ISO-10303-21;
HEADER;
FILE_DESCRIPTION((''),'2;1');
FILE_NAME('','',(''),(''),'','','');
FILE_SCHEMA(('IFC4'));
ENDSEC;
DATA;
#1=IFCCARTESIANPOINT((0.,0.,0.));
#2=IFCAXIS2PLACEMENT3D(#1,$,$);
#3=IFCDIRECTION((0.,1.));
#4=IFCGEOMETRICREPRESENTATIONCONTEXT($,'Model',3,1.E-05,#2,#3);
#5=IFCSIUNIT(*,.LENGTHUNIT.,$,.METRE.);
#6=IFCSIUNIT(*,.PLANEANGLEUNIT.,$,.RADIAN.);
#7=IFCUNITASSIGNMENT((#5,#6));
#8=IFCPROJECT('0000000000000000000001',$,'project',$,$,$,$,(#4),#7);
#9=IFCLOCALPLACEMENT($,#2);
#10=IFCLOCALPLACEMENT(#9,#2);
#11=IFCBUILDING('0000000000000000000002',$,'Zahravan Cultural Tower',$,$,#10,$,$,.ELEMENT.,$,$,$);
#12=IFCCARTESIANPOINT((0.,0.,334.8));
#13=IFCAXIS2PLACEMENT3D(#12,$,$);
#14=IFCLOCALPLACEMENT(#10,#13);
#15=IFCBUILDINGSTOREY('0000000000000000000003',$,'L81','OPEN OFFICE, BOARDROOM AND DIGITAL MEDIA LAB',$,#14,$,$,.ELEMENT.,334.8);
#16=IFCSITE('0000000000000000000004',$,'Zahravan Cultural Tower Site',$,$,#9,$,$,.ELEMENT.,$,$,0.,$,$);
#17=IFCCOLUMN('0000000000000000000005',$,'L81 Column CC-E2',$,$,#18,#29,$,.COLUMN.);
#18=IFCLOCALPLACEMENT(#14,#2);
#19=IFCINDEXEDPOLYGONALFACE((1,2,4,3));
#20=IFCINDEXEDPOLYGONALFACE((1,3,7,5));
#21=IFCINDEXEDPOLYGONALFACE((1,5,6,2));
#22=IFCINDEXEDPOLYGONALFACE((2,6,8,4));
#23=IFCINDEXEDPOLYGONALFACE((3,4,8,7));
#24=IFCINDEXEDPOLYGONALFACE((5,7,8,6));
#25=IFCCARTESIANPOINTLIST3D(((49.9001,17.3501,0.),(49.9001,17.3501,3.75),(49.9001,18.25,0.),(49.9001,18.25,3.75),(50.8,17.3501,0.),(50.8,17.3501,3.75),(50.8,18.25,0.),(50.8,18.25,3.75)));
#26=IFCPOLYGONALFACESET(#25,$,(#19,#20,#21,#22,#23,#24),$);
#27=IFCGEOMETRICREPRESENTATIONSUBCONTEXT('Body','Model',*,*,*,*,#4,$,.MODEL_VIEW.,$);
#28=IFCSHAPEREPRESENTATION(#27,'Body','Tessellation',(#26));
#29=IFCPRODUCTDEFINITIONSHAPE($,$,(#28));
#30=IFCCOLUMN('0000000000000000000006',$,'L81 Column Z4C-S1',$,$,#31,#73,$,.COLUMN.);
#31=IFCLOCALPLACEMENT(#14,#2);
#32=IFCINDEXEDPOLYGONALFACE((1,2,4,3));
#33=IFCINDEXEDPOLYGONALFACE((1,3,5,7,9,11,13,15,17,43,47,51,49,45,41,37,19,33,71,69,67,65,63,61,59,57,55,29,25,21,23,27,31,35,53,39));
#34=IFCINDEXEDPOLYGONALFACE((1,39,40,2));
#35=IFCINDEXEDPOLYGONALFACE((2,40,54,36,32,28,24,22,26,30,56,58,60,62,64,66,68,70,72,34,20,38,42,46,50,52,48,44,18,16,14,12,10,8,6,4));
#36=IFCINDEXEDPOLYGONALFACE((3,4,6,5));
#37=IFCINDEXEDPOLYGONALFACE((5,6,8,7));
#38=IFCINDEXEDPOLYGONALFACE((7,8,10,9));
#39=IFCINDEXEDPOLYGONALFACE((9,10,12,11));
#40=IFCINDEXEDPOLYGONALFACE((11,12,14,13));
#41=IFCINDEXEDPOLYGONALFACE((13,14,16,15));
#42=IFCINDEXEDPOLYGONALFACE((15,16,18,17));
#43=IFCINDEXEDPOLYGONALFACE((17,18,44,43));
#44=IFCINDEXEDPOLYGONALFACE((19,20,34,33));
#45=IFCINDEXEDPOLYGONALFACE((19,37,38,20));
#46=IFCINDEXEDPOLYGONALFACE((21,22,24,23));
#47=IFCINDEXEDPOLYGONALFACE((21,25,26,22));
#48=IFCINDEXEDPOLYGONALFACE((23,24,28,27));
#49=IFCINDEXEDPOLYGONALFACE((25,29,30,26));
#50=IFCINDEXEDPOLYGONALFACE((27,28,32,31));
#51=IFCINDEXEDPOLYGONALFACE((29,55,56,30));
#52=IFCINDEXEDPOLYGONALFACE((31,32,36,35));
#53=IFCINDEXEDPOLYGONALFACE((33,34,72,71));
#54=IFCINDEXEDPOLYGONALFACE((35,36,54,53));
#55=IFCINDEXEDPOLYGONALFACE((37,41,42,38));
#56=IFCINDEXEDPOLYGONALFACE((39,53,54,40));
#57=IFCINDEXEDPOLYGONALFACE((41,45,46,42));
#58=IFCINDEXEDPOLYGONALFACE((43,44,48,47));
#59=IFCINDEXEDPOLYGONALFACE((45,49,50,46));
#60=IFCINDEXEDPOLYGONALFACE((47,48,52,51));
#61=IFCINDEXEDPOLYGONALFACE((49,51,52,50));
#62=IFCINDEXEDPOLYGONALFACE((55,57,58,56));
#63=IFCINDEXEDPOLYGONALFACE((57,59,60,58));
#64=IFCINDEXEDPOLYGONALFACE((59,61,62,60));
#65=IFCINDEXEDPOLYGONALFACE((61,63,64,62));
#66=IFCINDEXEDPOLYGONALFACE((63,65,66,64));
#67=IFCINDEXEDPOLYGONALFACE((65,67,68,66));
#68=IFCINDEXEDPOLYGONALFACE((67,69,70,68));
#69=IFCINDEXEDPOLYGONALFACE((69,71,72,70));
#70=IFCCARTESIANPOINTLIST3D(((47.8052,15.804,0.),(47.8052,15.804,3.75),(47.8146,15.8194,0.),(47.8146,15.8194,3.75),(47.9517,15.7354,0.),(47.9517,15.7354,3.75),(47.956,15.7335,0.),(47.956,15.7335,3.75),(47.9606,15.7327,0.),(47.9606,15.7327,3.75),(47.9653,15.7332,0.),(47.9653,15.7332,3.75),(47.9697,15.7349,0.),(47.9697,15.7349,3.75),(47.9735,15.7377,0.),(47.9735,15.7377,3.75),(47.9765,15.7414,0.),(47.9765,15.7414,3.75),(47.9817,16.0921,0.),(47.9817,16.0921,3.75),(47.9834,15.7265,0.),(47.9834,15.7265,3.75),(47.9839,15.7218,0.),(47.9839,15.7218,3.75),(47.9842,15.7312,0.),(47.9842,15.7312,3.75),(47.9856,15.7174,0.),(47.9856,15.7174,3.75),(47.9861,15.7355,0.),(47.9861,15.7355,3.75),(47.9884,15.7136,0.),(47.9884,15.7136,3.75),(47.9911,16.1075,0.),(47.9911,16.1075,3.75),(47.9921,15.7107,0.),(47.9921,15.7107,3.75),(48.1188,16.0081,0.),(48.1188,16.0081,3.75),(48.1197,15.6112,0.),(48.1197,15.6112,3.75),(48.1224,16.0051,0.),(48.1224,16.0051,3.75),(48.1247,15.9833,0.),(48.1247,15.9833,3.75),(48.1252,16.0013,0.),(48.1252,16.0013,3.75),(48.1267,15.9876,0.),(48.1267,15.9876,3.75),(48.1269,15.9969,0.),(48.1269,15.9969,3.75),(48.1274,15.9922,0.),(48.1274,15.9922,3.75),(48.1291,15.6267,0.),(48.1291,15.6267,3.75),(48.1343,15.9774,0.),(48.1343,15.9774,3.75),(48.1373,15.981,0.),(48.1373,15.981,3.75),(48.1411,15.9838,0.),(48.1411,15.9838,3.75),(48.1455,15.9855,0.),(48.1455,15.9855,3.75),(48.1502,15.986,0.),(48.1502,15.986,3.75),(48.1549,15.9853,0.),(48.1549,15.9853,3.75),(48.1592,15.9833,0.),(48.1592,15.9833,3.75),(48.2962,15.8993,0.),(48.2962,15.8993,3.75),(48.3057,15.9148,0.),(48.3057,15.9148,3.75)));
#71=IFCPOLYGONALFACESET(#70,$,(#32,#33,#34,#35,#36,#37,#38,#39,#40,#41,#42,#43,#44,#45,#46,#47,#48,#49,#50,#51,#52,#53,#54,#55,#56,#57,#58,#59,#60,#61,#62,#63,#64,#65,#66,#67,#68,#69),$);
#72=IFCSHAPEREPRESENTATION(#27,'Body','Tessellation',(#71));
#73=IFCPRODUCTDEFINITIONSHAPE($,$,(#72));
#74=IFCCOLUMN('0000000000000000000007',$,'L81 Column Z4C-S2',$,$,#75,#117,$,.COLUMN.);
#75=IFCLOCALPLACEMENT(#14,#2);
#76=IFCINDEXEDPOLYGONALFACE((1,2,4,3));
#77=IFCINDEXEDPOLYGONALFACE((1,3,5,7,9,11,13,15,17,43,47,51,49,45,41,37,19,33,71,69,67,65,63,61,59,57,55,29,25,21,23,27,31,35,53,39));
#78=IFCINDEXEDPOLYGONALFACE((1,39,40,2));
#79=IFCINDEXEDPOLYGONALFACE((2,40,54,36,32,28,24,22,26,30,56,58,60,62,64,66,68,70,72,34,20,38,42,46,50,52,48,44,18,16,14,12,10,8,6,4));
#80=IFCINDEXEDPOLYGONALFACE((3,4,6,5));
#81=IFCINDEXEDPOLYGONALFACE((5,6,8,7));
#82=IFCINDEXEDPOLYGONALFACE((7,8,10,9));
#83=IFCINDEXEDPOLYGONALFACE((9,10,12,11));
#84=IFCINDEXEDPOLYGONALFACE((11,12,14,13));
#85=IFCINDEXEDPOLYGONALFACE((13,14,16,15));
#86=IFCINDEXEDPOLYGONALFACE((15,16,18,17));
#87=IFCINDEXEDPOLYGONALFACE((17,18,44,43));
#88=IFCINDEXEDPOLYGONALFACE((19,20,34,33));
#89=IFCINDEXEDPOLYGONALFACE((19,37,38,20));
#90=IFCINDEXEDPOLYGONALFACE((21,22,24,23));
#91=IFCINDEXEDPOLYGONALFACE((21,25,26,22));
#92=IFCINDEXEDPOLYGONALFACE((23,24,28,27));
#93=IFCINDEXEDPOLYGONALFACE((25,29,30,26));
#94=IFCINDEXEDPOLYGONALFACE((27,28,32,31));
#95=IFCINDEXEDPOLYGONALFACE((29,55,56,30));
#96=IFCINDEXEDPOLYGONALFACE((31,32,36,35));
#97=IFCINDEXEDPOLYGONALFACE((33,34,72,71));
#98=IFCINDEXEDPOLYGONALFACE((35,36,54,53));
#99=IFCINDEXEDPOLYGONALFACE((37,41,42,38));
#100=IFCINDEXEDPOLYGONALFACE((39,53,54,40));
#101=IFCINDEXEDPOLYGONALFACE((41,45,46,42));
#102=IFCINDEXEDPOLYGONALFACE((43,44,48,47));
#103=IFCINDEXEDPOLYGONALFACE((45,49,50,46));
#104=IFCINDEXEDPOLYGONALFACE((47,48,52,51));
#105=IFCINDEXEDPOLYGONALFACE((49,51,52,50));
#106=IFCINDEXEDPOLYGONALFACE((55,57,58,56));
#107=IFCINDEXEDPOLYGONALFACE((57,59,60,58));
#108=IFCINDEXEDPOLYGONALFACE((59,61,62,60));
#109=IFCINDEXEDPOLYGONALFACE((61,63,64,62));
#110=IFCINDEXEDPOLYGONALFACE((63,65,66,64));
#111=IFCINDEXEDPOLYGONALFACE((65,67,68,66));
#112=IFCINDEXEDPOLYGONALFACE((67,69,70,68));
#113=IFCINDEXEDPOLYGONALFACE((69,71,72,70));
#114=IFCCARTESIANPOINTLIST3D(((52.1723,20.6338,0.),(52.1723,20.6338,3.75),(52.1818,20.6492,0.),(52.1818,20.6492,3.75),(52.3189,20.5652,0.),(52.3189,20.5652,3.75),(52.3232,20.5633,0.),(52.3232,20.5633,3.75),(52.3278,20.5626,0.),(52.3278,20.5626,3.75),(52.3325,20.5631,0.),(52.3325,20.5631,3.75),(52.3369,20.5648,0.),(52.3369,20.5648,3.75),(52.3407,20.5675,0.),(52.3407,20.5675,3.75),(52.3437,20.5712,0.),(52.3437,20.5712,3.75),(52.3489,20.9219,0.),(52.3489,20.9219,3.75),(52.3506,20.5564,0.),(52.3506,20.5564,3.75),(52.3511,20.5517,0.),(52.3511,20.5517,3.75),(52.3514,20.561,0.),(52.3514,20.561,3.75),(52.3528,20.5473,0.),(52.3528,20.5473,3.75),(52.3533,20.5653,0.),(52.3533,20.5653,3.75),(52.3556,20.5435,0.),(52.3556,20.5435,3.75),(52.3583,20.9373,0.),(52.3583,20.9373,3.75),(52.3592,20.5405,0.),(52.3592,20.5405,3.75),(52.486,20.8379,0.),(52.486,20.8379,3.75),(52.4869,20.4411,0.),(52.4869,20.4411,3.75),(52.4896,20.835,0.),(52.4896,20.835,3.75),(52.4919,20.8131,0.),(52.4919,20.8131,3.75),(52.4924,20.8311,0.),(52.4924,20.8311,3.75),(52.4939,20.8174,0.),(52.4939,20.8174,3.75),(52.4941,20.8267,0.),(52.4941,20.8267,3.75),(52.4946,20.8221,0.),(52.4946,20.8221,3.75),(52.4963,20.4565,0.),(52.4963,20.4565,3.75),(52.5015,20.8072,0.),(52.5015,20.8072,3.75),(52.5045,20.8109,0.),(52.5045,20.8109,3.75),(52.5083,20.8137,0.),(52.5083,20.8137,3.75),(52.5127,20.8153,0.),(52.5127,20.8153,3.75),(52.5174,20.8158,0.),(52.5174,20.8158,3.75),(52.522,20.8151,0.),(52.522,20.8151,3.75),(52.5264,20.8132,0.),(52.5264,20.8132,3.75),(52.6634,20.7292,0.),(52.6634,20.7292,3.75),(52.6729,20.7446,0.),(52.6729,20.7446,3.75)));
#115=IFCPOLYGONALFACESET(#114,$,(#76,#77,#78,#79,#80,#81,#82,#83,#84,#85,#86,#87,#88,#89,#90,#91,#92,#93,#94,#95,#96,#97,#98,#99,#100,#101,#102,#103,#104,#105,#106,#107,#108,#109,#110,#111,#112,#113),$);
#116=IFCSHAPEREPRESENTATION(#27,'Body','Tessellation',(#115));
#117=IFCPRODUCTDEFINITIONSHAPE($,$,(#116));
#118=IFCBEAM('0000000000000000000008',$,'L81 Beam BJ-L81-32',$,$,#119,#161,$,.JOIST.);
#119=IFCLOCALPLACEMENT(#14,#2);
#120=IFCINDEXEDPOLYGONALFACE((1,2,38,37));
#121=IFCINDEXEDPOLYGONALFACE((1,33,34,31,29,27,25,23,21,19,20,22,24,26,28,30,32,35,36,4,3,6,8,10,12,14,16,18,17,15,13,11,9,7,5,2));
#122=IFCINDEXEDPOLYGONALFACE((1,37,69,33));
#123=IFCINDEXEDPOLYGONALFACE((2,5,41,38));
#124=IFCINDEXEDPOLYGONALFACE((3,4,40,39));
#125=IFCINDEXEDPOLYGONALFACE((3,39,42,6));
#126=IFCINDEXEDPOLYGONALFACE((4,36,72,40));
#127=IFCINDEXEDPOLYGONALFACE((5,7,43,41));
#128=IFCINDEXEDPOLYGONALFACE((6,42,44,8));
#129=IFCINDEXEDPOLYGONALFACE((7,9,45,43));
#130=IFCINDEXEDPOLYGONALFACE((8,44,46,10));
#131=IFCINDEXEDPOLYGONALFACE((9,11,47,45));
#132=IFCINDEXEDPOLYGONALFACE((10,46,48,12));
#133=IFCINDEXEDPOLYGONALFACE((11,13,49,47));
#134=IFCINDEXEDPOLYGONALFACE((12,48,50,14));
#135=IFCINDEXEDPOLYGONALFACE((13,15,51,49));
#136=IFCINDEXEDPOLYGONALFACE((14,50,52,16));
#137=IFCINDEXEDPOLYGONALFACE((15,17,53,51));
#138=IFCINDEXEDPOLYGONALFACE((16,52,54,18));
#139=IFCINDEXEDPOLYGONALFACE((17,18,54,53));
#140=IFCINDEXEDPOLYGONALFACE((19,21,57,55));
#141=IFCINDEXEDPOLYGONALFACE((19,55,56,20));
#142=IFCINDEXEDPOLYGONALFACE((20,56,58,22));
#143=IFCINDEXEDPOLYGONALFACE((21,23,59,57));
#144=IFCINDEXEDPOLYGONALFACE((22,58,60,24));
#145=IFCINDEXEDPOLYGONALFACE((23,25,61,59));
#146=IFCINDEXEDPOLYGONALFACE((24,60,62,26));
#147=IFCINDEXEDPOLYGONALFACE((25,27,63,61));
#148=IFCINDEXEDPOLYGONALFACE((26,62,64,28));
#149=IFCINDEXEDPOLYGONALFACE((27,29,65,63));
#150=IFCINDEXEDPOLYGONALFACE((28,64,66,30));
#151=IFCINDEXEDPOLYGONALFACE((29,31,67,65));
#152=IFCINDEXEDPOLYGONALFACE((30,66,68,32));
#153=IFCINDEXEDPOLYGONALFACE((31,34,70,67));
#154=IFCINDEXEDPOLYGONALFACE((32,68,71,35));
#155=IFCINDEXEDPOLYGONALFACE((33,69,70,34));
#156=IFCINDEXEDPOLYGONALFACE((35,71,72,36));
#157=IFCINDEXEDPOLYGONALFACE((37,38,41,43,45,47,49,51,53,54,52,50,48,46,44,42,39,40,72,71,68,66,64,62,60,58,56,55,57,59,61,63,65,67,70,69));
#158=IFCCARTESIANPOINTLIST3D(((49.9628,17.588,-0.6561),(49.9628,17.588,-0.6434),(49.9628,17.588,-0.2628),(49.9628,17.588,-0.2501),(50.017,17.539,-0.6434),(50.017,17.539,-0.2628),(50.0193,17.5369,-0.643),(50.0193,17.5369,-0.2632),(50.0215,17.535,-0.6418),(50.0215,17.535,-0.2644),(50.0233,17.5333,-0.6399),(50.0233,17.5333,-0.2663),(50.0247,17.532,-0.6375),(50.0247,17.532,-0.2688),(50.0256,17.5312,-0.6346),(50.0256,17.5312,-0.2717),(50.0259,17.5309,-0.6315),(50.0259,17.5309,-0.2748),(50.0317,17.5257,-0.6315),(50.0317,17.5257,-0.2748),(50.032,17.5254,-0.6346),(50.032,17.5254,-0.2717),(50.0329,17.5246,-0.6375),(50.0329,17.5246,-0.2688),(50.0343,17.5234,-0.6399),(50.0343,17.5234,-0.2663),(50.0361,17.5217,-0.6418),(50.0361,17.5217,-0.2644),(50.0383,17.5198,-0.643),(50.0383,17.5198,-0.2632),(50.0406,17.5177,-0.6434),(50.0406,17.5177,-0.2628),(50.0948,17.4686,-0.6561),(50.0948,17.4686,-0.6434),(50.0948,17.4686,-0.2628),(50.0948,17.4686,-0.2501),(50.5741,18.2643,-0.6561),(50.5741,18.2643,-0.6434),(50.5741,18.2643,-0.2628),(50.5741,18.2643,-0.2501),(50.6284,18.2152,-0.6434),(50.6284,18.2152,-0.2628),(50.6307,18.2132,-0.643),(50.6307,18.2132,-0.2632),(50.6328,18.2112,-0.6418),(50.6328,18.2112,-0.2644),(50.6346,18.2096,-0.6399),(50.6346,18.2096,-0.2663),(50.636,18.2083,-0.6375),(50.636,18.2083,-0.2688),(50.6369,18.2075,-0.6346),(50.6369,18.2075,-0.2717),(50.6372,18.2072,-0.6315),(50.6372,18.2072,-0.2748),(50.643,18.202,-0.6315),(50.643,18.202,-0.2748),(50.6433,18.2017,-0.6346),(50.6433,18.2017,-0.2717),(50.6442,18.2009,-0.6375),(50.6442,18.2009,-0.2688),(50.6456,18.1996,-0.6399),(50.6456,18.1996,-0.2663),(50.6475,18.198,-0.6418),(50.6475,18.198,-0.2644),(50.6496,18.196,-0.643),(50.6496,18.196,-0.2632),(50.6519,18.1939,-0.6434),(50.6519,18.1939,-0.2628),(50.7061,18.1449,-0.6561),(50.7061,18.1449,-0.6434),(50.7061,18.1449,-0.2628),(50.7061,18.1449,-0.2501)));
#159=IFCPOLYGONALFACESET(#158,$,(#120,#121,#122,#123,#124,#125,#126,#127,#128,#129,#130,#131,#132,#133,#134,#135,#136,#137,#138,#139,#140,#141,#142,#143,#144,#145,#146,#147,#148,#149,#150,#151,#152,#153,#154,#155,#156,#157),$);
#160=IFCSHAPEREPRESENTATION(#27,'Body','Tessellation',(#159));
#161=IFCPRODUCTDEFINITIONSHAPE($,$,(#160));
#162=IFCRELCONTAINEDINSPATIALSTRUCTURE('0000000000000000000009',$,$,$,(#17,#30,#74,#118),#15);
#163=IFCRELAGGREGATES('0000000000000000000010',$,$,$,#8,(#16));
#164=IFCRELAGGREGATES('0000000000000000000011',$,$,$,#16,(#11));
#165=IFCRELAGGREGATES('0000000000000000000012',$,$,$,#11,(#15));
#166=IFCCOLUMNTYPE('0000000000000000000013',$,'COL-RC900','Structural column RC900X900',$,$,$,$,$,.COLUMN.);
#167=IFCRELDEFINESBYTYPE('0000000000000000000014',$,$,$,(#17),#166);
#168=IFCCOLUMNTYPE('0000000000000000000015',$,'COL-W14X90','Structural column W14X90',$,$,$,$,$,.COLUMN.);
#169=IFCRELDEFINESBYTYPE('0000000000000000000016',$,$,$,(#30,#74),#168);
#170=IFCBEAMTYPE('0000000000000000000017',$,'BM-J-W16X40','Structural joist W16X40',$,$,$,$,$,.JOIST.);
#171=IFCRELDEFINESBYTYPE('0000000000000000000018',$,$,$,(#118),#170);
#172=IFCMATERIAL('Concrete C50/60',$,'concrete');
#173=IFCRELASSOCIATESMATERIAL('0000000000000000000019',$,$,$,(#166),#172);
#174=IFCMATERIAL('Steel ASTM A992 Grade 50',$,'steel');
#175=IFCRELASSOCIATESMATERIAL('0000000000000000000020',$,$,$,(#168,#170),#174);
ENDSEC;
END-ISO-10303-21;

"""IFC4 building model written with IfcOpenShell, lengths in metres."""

from ifc_helpers import new_model, si_unit, direction, frame, origin, origin_2d, place, context, subcontext, project, spatial, rectangle, i_section, extrude, source, transform, mapped, material, material_profile, profile_set, type_object, element, save


model = new_model("IFC4")

# Units and contexts
model_context = context("Model", 3, precision=1e-05, world=origin(), true_north=direction((0.0, 1.0)))
body_context = subcontext(model_context, "Body", "Model", "MODEL_VIEW")
ifc_project = project(units=[si_unit("LENGTHUNIT", "METRE"), si_unit("PLANEANGLEUNIT", "RADIAN")], contexts=[model_context])

# Site, building, storey
site_placement = place(None, origin())
site = spatial("IfcSite", under=ifc_project, at=site_placement, Name="Zahravan Cultural Tower Site", CompositionType="ELEMENT", RefElevation=0.0)
building_placement = place(site_placement, origin())
building = spatial("IfcBuilding", under=site, at=building_placement, Name="Zahravan Cultural Tower", CompositionType="ELEMENT")
storey_placement = place(building_placement, frame((0.0, 0.0, 334.8)))
storey = spatial("IfcBuildingStorey", under=building, at=storey_placement, Name="L81", Description="OPEN OFFICE, BOARDROOM AND DIGITAL MEDIA LAB", CompositionType="ELEMENT", Elevation=334.8)

# Columns
ifc_material_1 = material(Name="Concrete C50/60", Category="concrete")
ifc_material_profile_1 = material_profile(ifc_material_1, rectangle(XDim=0.8999, YDim=0.8999, at=origin_2d()), Name="RC900X900")
ifc_profile_set_1 = profile_set([ifc_material_profile_1], Name="Concrete C50/60")
column_type_1 = type_object("IfcColumnType", Name="COL-RC900", Description="Structural column RC900X900", PredefinedType="COLUMN", material=ifc_profile_set_1)
shared_shape_1 = source(origin(), body_context, "Body", "SweptSolid", [
    extrude(rectangle(XDim=0.8999, YDim=0.8999, at=origin_2d()), origin(), (0.0, 0.0, 1.0), 3.75),
])
column_placement = place(storey_placement, frame((50.3501, 17.8, 0.0), z_axis=(0.0, 0.0, 1.0), x_axis=(1.0, 0.0, 0.0)))
element("IfcColumn", 1, at=column_placement, inside=storey, type_object=column_type_1, Name="L81 Column CC-E2", PredefinedType="COLUMN", context=body_context, shape_type="MappedRepresentation", body=[
    mapped(shared_shape_1, transform((0.0, 0.0, 0.0), x_axis=(1.0, 0.0, 0.0), y_axis=(0.0, 1.0, 0.0), z_axis=(0.0, 0.0, 1.0), scale=1.0)),
])
ifc_material_2 = material(Name="Steel ASTM A992 Grade 50", Category="steel")
ifc_material_profile_2 = material_profile(ifc_material_2, i_section(OverallWidth=0.3689, OverallDepth=0.356, WebThickness=0.0112, FlangeThickness=0.0181, FilletRadius=0.0181, at=origin_2d()), Name="W14X90")
ifc_profile_set_2 = profile_set([ifc_material_profile_2], Name="Steel ASTM A992 Grade 50")
column_type_2 = type_object("IfcColumnType", Name="COL-W14X90", Description="Structural column W14X90", PredefinedType="COLUMN", material=ifc_profile_set_2)
shared_shape_2 = source(origin(), body_context, "Body", "SweptSolid", [
    extrude(i_section(OverallWidth=0.3689, OverallDepth=0.356, WebThickness=0.0112, FlangeThickness=0.0181, FilletRadius=0.0181, at=origin_2d()), origin(), (0.0, 0.0, 1.0), 3.75),
])
for number, where, z_axis, x_axis, name in (
    (2, (48.0554, 15.8594, 0.0), (0.0, 0.0, 1.0), (-0.85264, 0.522499, 0.0), "L81 Column Z4C-S1"),
    (3, (52.4226, 20.6892, 0.0), (0.0, 0.0, 1.0), (-0.85264, 0.522499, 0.0), "L81 Column Z4C-S2"),
):
    element("IfcColumn", number, at=place(storey_placement, frame(where, z_axis=z_axis, x_axis=x_axis)), inside=storey, type_object=column_type_2, Name=name, PredefinedType="COLUMN", context=body_context, shape_type="MappedRepresentation", body=[
        mapped(shared_shape_2, transform((0.0, 0.0, 0.0), x_axis=(1.0, 0.0, 0.0), y_axis=(0.0, 1.0, 0.0), z_axis=(0.0, 0.0, 1.0), scale=1.0)),
    ])

# Beam
ifc_material_profile_3 = material_profile(ifc_material_2, i_section(OverallWidth=0.178, OverallDepth=0.406, WebThickness=0.0078, FlangeThickness=0.0127, FilletRadius=0.012, at=origin_2d()), Name="W16X40")
ifc_profile_set_3 = profile_set([ifc_material_profile_3], Name="Steel ASTM A992 Grade 50")
beam_type_1 = type_object("IfcBeamType", Name="BM-J-W16X40", Description="Structural joist W16X40", PredefinedType="JOIST", material=ifc_profile_set_3)
shared_shape_3 = source(origin(), body_context, "Body", "SweptSolid", [
    extrude(i_section(OverallWidth=0.178, OverallDepth=0.406, WebThickness=0.0078, FlangeThickness=0.0127, FilletRadius=0.012, at=origin_2d()), origin(), (0.0, 0.0, 1.0), 0.9116),
])
beam_1_placement = place(storey_placement, frame((50.0288, 17.5283, -0.4531), z_axis=(0.670591, 0.741828, 0.0), x_axis=(-0.741828, 0.670591, 0.0)))
element("IfcBeam", 4, at=beam_1_placement, inside=storey, type_object=beam_type_1, Name="L81 Beam BJ-L81-32", PredefinedType="JOIST", context=body_context, shape_type="MappedRepresentation", body=[
    mapped(shared_shape_3, transform((0.0, 0.0, 0.0), x_axis=(1.0, 0.0, 0.0), y_axis=(0.0, 1.0, 0.0), z_axis=(0.0, 0.0, 1.0), scale=1.0)),
])

save(model, "model.ifc")
